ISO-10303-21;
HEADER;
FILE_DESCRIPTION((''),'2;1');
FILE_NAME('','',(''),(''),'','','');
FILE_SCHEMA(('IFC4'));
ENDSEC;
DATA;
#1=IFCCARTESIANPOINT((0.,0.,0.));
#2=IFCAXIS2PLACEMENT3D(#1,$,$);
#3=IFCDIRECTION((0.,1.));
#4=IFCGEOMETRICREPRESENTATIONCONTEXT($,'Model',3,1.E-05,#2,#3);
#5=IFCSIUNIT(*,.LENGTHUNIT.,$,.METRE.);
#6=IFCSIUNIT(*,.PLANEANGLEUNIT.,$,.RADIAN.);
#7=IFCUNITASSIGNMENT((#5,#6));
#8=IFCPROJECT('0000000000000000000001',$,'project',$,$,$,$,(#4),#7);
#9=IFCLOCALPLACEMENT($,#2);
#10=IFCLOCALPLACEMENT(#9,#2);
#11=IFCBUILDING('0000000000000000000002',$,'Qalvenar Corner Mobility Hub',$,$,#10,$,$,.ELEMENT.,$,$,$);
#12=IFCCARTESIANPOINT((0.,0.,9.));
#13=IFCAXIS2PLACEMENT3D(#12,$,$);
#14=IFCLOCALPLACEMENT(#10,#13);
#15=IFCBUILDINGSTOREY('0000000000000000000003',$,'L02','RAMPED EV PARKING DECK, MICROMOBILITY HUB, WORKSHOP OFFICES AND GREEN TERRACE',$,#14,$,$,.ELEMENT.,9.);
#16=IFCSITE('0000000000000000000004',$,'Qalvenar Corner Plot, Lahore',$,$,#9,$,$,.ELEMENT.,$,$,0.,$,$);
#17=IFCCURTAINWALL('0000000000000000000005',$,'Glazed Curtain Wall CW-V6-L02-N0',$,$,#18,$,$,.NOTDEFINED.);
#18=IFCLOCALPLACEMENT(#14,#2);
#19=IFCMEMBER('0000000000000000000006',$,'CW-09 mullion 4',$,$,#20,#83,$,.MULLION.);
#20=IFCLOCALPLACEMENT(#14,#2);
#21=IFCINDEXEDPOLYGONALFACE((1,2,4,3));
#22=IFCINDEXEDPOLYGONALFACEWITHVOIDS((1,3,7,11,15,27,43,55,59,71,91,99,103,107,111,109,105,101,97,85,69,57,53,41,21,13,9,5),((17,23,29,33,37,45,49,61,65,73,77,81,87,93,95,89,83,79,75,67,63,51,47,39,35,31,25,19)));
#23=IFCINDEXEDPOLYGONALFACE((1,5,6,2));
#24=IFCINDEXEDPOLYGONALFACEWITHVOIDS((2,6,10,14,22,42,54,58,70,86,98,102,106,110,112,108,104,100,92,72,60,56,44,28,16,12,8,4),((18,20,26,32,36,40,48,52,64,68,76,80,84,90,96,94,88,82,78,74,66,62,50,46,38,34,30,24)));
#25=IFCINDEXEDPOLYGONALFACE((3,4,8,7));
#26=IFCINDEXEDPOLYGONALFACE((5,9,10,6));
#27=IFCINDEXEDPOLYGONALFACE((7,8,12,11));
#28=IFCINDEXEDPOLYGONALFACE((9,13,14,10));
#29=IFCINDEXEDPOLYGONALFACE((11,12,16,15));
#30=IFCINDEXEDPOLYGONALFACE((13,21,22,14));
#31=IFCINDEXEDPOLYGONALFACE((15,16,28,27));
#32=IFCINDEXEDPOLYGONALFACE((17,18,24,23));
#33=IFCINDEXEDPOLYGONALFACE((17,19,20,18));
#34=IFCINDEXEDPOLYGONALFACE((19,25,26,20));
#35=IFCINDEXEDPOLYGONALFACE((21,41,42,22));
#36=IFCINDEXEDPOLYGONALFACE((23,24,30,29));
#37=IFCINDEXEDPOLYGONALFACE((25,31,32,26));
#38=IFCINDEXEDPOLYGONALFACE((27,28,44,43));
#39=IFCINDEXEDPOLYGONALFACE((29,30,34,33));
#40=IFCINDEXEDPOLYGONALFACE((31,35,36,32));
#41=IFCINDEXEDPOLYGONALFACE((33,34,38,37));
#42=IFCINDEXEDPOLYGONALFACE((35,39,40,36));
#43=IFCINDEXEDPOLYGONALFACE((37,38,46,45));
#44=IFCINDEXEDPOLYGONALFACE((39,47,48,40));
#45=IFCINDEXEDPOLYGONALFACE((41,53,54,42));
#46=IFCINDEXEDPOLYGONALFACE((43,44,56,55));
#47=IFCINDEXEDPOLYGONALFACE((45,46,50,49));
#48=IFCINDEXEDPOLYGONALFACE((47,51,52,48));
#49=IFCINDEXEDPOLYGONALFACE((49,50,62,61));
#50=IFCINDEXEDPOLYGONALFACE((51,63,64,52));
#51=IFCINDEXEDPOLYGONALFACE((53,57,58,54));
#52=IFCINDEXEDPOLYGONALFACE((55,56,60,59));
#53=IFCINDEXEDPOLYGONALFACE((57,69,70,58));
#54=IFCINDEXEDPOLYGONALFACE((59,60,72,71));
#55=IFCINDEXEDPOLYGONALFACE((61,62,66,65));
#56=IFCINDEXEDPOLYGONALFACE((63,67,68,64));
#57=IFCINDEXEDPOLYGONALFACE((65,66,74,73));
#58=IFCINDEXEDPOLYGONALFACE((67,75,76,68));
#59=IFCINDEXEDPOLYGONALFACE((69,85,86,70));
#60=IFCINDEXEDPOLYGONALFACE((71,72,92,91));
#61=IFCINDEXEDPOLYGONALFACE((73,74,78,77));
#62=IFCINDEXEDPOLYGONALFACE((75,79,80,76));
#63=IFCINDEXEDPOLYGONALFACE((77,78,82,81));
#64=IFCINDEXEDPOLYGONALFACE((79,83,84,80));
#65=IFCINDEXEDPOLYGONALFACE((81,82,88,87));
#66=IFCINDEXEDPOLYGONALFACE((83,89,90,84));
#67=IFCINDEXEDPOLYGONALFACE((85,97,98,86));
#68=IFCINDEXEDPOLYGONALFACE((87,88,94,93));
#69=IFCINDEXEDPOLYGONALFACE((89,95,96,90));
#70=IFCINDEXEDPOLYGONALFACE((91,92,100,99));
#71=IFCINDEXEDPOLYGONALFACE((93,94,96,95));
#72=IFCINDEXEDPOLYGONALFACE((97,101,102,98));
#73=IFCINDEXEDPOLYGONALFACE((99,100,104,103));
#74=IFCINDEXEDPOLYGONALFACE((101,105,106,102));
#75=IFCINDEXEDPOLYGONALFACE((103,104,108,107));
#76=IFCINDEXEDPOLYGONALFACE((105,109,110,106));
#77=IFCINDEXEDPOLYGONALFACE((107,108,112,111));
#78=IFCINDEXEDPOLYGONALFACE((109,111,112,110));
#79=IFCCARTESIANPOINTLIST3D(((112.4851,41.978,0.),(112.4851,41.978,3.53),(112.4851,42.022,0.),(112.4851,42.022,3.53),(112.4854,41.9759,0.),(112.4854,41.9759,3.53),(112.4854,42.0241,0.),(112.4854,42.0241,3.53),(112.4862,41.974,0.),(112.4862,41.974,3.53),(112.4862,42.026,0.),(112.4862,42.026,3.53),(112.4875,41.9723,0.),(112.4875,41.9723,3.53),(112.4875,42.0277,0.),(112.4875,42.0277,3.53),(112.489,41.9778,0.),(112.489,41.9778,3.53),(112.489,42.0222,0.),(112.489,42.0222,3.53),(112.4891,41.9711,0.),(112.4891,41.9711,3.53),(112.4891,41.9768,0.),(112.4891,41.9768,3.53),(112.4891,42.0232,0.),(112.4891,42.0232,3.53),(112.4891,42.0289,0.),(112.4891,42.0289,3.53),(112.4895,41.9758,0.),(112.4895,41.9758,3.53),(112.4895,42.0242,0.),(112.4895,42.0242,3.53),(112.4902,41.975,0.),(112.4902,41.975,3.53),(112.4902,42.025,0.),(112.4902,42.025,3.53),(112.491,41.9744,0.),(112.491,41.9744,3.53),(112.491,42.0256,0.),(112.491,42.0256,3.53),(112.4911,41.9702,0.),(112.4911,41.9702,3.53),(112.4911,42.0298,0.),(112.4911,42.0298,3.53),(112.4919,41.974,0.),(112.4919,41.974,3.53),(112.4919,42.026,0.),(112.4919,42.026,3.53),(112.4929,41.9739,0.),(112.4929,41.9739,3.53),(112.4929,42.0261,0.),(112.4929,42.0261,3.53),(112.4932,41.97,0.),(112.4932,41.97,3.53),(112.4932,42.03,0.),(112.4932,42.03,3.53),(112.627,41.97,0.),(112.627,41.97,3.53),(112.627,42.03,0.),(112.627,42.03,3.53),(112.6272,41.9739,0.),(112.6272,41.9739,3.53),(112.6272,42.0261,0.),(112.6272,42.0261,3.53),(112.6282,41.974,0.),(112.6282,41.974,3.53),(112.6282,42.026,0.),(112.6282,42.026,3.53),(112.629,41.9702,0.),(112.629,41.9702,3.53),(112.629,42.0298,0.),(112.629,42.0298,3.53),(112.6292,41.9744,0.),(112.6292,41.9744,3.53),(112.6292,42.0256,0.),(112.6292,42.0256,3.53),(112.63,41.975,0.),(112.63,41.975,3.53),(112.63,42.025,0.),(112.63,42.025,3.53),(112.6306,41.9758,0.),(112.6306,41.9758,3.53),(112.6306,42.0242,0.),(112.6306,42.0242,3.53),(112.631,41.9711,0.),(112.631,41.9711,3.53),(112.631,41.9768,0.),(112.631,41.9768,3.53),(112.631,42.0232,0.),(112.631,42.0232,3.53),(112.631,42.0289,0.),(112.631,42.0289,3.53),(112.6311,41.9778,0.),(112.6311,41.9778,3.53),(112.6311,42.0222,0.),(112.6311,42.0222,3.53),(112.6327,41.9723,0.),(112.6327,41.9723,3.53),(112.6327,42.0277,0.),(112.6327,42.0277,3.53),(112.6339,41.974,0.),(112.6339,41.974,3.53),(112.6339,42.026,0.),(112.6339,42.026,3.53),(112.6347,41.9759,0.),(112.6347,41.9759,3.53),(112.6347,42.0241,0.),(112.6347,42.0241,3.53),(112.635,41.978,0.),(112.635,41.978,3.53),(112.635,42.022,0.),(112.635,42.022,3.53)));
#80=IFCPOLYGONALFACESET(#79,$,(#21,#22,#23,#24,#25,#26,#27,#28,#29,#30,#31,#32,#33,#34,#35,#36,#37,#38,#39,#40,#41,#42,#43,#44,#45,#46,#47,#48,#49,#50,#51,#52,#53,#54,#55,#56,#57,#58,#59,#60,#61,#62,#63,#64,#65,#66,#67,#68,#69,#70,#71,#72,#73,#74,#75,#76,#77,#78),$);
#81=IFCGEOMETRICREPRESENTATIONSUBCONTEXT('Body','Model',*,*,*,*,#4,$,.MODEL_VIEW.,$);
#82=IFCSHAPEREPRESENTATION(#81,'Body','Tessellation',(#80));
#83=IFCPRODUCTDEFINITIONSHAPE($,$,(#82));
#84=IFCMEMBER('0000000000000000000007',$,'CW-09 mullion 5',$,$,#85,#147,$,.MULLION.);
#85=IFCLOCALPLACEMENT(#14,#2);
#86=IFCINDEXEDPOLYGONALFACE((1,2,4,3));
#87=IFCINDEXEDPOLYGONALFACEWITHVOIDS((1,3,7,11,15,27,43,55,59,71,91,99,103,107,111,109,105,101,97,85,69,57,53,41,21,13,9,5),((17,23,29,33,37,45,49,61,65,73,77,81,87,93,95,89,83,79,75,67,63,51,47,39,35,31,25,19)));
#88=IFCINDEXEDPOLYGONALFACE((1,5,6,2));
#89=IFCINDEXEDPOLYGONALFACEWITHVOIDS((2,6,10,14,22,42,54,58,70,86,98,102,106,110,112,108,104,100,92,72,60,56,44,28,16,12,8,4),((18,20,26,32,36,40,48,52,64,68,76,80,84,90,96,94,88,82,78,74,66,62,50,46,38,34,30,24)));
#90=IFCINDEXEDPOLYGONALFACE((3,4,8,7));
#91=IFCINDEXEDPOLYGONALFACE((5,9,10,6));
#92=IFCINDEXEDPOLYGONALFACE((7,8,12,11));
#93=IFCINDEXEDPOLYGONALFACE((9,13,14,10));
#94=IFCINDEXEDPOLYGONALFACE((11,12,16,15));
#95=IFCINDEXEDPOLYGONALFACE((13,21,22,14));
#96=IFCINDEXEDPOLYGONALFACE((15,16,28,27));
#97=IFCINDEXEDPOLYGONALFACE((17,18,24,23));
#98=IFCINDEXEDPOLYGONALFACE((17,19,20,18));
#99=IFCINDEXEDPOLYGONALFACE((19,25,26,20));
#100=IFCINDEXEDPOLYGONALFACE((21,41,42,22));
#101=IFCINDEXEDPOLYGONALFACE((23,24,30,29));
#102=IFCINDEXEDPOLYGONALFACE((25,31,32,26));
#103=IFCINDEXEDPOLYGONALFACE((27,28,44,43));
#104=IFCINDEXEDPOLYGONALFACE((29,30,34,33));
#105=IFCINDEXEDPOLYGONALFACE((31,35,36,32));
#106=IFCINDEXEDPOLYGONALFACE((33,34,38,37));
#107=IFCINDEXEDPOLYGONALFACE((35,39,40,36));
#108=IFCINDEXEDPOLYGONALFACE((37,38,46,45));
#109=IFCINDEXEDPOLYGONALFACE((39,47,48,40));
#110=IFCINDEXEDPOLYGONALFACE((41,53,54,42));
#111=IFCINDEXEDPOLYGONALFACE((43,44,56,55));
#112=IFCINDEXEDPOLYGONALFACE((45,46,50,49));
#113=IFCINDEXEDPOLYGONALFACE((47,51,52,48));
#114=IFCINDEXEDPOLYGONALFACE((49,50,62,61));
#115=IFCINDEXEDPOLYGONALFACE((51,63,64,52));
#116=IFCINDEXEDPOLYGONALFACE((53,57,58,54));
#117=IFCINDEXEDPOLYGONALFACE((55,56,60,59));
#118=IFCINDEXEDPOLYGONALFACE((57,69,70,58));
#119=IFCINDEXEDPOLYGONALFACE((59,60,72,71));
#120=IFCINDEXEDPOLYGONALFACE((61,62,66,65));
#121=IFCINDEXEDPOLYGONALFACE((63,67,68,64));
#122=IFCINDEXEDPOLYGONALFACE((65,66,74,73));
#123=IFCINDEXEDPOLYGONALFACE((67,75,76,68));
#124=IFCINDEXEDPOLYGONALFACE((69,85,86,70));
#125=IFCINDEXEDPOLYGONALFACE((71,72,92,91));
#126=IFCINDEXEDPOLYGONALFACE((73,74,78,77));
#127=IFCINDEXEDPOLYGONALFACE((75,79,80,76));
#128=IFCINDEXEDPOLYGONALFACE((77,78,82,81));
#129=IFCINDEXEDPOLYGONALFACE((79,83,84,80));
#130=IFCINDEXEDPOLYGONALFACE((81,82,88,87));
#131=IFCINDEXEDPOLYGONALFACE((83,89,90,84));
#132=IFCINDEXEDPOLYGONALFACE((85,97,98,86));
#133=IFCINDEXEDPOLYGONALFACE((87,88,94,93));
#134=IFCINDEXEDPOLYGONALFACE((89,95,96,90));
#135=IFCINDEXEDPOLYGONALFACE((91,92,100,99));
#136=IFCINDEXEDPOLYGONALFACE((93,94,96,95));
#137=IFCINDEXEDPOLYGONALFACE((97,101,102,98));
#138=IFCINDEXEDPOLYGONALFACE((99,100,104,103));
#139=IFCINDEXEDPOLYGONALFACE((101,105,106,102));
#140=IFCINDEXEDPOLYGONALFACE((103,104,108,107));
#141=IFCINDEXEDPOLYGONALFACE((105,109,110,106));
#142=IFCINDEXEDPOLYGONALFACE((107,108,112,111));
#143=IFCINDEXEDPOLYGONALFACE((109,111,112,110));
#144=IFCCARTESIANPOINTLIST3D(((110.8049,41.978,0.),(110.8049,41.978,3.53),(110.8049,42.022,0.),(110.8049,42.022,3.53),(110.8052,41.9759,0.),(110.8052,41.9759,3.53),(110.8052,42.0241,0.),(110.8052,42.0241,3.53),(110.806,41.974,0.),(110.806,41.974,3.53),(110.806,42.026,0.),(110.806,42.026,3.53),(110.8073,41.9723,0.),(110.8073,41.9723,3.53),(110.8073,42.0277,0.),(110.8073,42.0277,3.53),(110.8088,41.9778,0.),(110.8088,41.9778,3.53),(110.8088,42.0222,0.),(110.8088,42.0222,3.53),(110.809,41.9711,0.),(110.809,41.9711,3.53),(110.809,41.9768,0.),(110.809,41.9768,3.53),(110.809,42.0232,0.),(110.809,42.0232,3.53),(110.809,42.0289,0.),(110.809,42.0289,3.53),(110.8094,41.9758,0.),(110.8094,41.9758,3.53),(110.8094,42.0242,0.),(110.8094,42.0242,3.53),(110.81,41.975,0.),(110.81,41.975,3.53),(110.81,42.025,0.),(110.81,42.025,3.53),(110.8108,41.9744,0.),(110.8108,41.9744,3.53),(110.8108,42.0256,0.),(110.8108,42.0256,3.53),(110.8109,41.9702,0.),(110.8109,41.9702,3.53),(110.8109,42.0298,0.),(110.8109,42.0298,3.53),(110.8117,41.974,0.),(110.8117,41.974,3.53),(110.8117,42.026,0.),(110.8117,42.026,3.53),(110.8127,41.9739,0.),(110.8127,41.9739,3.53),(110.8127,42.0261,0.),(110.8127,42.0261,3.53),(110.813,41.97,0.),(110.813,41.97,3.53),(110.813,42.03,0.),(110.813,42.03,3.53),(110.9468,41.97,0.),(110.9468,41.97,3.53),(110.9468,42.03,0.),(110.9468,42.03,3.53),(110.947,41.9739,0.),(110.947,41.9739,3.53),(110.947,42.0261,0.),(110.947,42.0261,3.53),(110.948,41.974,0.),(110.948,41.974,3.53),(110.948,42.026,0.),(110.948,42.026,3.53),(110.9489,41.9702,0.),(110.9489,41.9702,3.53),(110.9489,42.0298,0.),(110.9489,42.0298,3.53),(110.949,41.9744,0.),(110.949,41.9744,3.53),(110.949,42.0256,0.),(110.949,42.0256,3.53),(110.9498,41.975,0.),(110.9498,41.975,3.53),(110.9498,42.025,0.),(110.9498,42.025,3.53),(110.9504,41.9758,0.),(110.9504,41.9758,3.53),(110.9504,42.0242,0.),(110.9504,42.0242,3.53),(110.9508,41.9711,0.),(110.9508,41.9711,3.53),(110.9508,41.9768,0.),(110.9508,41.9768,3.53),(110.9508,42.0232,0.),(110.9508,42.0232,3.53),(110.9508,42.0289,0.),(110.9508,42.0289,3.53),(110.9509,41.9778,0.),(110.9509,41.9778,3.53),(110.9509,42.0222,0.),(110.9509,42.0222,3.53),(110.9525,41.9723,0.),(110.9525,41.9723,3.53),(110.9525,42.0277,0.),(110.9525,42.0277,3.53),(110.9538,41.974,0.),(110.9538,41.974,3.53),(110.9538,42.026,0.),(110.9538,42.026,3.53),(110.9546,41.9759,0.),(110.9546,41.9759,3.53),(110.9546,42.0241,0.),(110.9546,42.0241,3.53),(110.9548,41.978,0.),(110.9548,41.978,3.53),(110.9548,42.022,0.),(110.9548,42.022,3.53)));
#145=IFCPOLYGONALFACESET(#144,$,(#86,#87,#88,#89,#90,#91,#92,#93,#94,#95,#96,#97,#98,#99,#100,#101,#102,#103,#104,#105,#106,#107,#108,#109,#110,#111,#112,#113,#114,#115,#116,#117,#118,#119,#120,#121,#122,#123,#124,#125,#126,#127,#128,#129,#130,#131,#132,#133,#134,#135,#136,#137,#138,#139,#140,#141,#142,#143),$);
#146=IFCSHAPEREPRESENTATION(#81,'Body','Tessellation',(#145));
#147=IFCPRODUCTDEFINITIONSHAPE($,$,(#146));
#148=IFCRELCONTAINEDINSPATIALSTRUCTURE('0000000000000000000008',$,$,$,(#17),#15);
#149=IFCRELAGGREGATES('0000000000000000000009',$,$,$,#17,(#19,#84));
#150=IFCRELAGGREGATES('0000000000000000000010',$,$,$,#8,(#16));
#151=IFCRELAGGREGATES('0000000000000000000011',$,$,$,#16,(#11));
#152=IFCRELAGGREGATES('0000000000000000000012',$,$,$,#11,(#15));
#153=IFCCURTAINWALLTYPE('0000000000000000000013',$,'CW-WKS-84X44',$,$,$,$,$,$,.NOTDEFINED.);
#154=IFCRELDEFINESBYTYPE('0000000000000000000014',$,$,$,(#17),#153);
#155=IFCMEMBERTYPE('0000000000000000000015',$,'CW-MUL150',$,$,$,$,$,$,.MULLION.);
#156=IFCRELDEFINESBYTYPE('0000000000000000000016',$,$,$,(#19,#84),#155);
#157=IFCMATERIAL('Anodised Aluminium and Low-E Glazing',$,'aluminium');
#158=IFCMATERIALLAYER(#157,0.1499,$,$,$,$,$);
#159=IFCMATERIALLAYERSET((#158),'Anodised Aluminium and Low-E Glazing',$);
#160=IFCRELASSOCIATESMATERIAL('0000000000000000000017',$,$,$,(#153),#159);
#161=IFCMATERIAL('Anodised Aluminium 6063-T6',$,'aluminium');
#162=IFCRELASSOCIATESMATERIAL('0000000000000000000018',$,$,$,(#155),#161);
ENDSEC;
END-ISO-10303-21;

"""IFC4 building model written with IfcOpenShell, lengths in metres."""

from ifc_helpers import new_model, si_unit, direction, frame, origin, origin_2d, place, context, subcontext, project, spatial, hollow_rectangle, extrude, material, layer, layer_set, material_profile, profile_set, type_object, element, aggregate, save


model = new_model("IFC4")

# Units and contexts
model_context = context("Model", 3, precision=1e-05, world=origin(), true_north=direction((0.0, 1.0)))
body_context = subcontext(model_context, "Body", "Model", "MODEL_VIEW")
ifc_project = project(units=[si_unit("LENGTHUNIT", "METRE"), si_unit("PLANEANGLEUNIT", "RADIAN")], contexts=[model_context])

# Site, building, storey
site_placement = place(None, origin())
site = spatial("IfcSite", under=ifc_project, at=site_placement, Name="Qalvenar Corner Plot, Lahore", CompositionType="ELEMENT", RefElevation=0.0)
building_placement = place(site_placement, origin())
building = spatial("IfcBuilding", under=site, at=building_placement, Name="Qalvenar Corner Mobility Hub", CompositionType="ELEMENT")
storey_placement = place(building_placement, frame((0.0, 0.0, 9.0)))
storey = spatial("IfcBuildingStorey", under=building, at=storey_placement, Name="L02", Description="RAMPED EV PARKING DECK, MICROMOBILITY HUB, WORKSHOP OFFICES AND GREEN TERRACE", CompositionType="ELEMENT", Elevation=9.0)

# Curtain wall, members
ifc_material_1 = material(Name="Anodised Aluminium and Low-E Glazing", Category="aluminium")
ifc_layer_1 = layer(ifc_material_1, 0.1499)
ifc_layer_set_1 = layer_set([ifc_layer_1], Name="Anodised Aluminium and Low-E Glazing")
curtain_wall_type_1 = type_object("IfcCurtainWallType", Name="CW-WKS-84X44", PredefinedType="NOTDEFINED", material=ifc_layer_set_1)
curtain_wall_1_placement = place(storey_placement, origin())
curtain_wall_1 = element("IfcCurtainWall", 1, at=curtain_wall_1_placement, inside=storey, type_object=curtain_wall_type_1, Name="Glazed Curtain Wall CW-V6-L02-N0", PredefinedType="NOTDEFINED")
ifc_material_2 = material(Name="Anodised Aluminium 6063-T6", Category="aluminium")
ifc_material_profile_1 = material_profile(ifc_material_2, hollow_rectangle(XDim=0.0601, YDim=0.1499, WallThickness=0.0039, InnerFilletRadius=0.0039, OuterFilletRadius=0.0081, at=origin_2d()), Name="RHS150x60x4")
ifc_profile_set_1 = profile_set([ifc_material_profile_1], Name="Anodised Aluminium 6063-T6")
member_type_1 = type_object("IfcMemberType", Name="CW-MUL150", PredefinedType="MULLION", material=ifc_profile_set_1)
member_1_placement = place(storey_placement, frame((112.5601, 42.0, 0.0), z_axis=(0.0, 0.0, 1.0), x_axis=(0.0, -1.0, 0.0)))
member_1 = element("IfcMember", 2, at=member_1_placement, type_object=member_type_1, Name="CW-09 mullion 4", PredefinedType="MULLION", context=body_context, shape_type="SweptSolid", body=[
    extrude(hollow_rectangle(XDim=0.0601, YDim=0.1499, WallThickness=0.0039, InnerFilletRadius=0.0039, OuterFilletRadius=0.0081, at=origin_2d()), origin(), (0.0, 0.0, 1.0), 3.53),
])
member_2_placement = place(storey_placement, frame((110.8799, 42.0, 0.0), z_axis=(0.0, 0.0, 1.0), x_axis=(0.0, -1.0, 0.0)))
member_2 = element("IfcMember", 3, at=member_2_placement, type_object=member_type_1, Name="CW-09 mullion 5", PredefinedType="MULLION", context=body_context, shape_type="SweptSolid", body=[
    extrude(hollow_rectangle(XDim=0.0601, YDim=0.1499, WallThickness=0.0039, InnerFilletRadius=0.0039, OuterFilletRadius=0.0081, at=origin_2d()), origin(), (0.0, 0.0, 1.0), 3.53),
])

aggregate(curtain_wall_1, [member_1, member_2])

save(model, "model.ifc")
